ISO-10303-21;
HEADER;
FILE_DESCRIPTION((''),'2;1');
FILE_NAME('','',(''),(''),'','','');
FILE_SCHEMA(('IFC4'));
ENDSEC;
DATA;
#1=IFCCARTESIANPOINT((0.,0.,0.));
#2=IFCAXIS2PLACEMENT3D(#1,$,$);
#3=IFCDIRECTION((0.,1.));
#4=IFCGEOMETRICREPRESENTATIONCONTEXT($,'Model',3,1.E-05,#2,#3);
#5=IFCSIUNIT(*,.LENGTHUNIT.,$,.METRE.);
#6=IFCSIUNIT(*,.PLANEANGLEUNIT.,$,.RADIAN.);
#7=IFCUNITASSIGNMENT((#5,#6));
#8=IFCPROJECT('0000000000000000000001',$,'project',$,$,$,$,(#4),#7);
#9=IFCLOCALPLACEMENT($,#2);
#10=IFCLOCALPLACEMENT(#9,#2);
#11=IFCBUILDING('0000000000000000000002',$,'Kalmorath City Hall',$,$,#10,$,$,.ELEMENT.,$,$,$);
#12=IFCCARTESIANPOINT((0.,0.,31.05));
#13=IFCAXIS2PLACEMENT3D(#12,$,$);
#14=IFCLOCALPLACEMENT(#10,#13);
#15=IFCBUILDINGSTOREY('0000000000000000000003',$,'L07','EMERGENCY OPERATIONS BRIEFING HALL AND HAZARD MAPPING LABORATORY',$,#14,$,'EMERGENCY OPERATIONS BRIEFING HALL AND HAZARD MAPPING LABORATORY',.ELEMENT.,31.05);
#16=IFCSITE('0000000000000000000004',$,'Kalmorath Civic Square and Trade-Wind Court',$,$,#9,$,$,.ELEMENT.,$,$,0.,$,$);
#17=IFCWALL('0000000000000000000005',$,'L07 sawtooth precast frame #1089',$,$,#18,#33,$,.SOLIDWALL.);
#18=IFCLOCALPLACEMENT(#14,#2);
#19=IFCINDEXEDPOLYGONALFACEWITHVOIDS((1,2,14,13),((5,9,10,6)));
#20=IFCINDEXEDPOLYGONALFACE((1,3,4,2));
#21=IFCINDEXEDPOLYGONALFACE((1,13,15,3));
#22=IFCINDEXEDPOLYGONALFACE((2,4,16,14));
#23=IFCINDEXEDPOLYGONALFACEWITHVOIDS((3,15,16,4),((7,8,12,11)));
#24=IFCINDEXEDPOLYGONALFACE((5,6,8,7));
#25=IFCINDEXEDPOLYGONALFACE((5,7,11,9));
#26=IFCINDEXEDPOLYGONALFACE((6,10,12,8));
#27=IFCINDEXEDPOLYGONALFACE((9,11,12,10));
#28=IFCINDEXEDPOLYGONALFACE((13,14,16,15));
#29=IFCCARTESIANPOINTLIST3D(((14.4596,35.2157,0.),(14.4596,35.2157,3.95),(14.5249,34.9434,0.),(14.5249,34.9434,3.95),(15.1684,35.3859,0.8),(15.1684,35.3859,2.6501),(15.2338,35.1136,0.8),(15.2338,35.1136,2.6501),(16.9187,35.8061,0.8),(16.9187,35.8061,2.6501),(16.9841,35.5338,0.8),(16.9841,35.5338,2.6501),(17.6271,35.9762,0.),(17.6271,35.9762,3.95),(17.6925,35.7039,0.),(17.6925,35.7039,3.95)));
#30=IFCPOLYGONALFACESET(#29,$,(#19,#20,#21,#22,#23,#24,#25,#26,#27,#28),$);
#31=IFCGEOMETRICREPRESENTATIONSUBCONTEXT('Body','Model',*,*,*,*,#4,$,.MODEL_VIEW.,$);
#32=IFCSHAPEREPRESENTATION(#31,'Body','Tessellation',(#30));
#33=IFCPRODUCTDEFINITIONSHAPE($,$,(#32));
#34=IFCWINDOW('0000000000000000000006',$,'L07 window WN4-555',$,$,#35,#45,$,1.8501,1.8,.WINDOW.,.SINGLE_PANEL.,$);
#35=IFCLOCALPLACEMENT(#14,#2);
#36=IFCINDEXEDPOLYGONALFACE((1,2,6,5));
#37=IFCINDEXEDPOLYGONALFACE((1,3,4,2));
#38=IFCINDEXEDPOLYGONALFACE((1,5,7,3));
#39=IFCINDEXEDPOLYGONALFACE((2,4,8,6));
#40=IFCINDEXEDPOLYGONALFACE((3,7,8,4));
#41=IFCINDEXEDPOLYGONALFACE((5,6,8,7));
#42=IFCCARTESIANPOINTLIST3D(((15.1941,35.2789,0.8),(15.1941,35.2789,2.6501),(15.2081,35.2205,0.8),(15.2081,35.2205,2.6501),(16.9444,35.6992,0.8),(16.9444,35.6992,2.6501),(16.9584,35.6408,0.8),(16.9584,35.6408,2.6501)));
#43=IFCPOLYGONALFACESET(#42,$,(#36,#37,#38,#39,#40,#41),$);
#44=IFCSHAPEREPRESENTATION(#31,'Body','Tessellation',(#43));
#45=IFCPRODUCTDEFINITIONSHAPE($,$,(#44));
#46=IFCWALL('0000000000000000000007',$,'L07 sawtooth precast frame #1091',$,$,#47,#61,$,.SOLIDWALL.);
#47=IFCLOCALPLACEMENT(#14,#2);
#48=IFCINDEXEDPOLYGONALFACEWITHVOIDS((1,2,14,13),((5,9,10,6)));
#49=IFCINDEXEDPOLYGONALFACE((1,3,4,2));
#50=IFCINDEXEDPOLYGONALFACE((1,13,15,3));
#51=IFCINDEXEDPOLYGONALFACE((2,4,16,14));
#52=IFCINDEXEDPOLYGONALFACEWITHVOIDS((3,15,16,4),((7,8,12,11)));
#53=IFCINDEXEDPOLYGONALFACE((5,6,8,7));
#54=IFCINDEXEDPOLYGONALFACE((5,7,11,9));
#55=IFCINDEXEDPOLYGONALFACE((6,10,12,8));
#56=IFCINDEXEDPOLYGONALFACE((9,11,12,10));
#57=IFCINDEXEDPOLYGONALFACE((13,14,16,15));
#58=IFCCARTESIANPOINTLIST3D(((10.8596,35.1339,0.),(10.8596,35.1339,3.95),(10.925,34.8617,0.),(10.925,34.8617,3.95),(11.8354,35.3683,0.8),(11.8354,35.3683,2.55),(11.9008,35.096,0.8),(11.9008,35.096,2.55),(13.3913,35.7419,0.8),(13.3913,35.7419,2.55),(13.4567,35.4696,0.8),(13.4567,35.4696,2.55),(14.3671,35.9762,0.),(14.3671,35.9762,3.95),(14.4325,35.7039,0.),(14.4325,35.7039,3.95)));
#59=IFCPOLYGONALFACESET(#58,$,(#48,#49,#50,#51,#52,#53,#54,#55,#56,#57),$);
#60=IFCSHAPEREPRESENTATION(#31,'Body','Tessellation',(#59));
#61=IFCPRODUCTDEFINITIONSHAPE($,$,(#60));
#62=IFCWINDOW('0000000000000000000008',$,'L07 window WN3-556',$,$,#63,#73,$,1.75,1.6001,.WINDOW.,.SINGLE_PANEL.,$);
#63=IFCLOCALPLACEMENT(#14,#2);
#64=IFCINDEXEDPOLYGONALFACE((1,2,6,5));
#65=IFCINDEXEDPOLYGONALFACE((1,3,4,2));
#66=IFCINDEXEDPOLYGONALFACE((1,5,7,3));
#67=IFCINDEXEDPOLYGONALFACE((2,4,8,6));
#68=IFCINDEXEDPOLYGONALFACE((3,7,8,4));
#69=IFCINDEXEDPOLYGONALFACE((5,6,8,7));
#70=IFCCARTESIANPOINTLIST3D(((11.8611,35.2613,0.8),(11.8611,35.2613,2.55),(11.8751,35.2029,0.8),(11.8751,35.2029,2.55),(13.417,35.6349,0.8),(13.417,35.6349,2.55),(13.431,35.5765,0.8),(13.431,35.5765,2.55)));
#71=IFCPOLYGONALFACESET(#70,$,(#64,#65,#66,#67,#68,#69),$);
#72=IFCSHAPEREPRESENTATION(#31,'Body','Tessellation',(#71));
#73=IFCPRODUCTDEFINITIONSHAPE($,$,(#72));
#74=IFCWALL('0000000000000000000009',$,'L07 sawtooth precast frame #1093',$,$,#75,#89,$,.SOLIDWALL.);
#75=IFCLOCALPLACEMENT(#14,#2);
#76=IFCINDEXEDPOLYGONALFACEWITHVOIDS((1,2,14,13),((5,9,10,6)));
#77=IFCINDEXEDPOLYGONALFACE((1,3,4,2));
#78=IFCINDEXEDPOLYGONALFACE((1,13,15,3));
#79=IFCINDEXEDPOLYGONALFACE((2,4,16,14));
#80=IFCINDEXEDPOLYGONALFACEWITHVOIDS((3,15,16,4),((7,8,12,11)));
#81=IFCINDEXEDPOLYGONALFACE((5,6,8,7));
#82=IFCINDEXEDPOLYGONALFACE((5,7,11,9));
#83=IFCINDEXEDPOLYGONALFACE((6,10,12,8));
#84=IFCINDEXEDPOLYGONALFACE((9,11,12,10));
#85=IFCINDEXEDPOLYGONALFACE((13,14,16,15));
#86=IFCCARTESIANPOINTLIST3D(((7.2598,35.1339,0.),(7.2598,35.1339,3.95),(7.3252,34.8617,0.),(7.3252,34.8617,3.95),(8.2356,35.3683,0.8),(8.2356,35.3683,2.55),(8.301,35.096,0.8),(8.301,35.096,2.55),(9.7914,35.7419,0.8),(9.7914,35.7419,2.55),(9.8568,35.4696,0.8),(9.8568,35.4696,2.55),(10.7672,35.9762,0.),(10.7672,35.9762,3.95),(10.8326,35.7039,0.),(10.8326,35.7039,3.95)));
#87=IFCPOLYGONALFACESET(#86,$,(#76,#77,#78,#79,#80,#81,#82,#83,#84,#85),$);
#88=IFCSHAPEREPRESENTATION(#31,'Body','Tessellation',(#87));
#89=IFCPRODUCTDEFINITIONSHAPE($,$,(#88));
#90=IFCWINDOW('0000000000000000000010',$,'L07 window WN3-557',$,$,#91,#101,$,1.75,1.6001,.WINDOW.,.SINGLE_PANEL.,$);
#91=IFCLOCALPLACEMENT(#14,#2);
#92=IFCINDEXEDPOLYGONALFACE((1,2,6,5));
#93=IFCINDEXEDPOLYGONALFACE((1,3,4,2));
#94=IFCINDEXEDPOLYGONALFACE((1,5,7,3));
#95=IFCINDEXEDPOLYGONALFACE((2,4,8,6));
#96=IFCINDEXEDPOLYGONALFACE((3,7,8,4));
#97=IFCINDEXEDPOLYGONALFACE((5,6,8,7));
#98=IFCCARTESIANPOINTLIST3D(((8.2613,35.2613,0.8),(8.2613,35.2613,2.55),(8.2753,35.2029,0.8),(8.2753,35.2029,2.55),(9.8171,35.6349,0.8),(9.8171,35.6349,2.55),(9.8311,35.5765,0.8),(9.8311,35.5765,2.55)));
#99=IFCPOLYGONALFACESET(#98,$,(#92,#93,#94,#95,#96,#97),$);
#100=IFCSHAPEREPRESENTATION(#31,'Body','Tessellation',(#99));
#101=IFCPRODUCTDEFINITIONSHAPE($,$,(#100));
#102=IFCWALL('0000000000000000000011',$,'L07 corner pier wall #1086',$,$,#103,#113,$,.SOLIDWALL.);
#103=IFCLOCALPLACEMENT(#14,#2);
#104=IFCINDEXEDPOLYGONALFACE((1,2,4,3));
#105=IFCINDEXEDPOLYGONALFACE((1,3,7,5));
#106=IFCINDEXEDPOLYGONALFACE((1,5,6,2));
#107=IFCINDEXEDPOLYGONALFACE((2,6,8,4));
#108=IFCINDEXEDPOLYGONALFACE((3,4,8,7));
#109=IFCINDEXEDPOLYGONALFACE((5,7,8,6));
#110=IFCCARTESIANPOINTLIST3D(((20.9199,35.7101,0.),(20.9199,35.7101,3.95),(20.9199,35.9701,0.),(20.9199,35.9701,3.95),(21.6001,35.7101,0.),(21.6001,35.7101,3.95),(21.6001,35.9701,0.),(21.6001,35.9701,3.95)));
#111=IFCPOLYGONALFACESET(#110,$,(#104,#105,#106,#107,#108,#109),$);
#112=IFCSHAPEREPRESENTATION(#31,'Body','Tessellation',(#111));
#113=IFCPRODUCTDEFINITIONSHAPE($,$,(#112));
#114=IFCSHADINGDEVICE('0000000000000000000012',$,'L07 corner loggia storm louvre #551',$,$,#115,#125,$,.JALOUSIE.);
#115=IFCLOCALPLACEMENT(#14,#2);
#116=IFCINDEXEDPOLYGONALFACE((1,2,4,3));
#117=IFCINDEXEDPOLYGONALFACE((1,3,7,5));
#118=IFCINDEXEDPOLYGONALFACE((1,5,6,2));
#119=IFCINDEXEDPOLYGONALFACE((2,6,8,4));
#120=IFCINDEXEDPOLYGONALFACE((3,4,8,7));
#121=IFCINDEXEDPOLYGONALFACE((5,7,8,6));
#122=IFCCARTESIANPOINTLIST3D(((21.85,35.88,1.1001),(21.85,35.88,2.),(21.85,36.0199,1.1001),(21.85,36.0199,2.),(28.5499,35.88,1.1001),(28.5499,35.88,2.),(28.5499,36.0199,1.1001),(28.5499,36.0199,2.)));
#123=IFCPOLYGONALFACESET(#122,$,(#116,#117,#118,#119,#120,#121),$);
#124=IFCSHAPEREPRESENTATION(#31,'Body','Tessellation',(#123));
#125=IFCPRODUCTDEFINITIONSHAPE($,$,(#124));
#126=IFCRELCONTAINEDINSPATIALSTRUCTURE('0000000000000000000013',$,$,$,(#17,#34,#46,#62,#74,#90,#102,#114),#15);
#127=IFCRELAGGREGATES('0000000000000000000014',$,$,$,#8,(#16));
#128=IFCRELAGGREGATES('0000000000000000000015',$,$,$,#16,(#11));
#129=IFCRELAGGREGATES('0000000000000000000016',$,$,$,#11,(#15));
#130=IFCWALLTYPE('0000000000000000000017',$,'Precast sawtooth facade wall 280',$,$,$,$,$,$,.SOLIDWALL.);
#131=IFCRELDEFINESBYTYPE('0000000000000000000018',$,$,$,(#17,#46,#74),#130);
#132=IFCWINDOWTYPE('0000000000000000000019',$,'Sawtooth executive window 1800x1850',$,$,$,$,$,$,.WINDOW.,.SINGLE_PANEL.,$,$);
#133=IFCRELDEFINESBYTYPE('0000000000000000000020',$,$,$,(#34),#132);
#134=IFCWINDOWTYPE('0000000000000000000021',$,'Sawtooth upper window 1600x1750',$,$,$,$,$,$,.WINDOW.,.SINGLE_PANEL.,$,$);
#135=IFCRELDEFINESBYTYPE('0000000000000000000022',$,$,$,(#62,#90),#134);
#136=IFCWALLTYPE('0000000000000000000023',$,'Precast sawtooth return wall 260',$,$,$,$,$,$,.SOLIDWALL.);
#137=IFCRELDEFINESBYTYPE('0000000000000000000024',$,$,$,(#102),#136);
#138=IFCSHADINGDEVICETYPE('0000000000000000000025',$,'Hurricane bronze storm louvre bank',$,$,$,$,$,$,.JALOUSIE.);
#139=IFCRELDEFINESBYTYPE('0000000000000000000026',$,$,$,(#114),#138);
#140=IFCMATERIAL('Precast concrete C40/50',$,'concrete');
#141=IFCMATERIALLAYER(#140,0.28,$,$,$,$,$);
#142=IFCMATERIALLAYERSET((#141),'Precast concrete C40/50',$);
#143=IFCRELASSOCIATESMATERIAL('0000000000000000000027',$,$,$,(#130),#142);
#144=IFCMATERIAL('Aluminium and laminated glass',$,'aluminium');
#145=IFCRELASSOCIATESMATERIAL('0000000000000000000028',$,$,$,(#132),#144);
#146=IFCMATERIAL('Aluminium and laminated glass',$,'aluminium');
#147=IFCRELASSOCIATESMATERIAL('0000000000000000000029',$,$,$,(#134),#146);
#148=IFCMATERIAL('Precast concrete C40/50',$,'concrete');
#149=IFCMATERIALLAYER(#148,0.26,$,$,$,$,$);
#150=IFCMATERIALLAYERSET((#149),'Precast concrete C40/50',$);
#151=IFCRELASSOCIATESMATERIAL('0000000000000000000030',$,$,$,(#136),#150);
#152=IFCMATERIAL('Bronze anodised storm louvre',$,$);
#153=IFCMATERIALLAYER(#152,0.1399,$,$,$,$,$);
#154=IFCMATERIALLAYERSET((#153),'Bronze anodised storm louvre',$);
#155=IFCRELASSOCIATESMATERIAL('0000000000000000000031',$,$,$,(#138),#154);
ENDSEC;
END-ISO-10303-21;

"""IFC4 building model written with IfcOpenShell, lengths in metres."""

from ifc_helpers import new_model, si_unit, direction, frame, frame_2d, origin, origin_2d, place, context, subcontext, project, spatial, rectangle, extrude, material, layer, layer_set, type_object, element, fill, save


model = new_model("IFC4")

# Units and contexts
model_context = context("Model", 3, precision=1e-05, world=origin(), true_north=direction((0.0, 1.0)))
body_context = subcontext(model_context, "Body", "Model", "MODEL_VIEW")
ifc_project = project(units=[si_unit("LENGTHUNIT", "METRE"), si_unit("PLANEANGLEUNIT", "RADIAN")], contexts=[model_context])

# Site, building, storey
site_placement = place(None, origin())
site = spatial("IfcSite", under=ifc_project, at=site_placement, Name="Kalmorath Civic Square and Trade-Wind Court", CompositionType="ELEMENT", RefElevation=0.0)
building_placement = place(site_placement, origin())
building = spatial("IfcBuilding", under=site, at=building_placement, Name="Kalmorath City Hall", CompositionType="ELEMENT")
storey_placement = place(building_placement, frame((0.0, 0.0, 31.05)))
storey = spatial("IfcBuildingStorey", under=building, at=storey_placement, Name="L07", Description="EMERGENCY OPERATIONS BRIEFING HALL AND HAZARD MAPPING LABORATORY", LongName="EMERGENCY OPERATIONS BRIEFING HALL AND HAZARD MAPPING LABORATORY", CompositionType="ELEMENT", Elevation=31.05)

# Walls, openings, windows
ifc_material_1 = material(Name="Precast concrete C40/50", Category="concrete")
ifc_layer_1 = layer(ifc_material_1, 0.28)
ifc_layer_set_1 = layer_set([ifc_layer_1], Name="Precast concrete C40/50")
wall_type_1 = type_object("IfcWallType", Name="Precast sawtooth facade wall 280", PredefinedType="SOLIDWALL", material=ifc_layer_set_1)
ifc_material_2 = material(Name="Aluminium and laminated glass", Category="aluminium")
window_type_1 = type_object("IfcWindowType", Name="Sawtooth executive window 1800x1850", PartitioningType="SINGLE_PANEL", PredefinedType="WINDOW", material=ifc_material_2)
wall_1_placement = place(storey_placement, frame((17.6599, 35.8401, 0.0), z_axis=(0.0, 0.0, 1.0), x_axis=(-0.972366, -0.233461, 0.0)))
wall_1 = element("IfcWall", 1, at=wall_1_placement, inside=storey, type_object=wall_type_1, Name="L07 sawtooth precast frame #1089", PredefinedType="SOLIDWALL", context=body_context, shape_type="SweptSolid", body=[
    extrude(rectangle(XDim=3.2576, YDim=0.28, at=frame_2d((1.6289, 0.0))), origin(), (0.0, 0.0, 1.0), 3.95),
])
opening_1_placement = place(wall_1_placement, frame((0.7288, 0.0, 0.8)))
opening_1 = element("IfcOpeningElement", 2, at=opening_1_placement, cuts=wall_1, PredefinedType="OPENING", context=body_context, shape_type="SweptSolid", body=[
    extrude(rectangle(XDim=1.8, YDim=1.8501, at=frame_2d((0.8999, 0.925))), frame((0.0, 0.1499, 0.0), z_axis=(0.0, -1.0, 0.0), x_axis=(1.0, 0.0, 0.0)), (0.0, 0.0, 1.0), 0.3),
])
window_1_placement = place(opening_1_placement, origin())
window_1 = element("IfcWindow", 3, at=window_1_placement, inside=storey, type_object=window_type_1, Name="L07 window WN4-555", OverallHeight=1.8501, OverallWidth=1.8, PartitioningType="SINGLE_PANEL", PredefinedType="WINDOW", context=body_context, shape_type="SweptSolid", body=[
    extrude(rectangle(XDim=1.8, YDim=1.8501, at=frame_2d((0.8999, 0.925))), frame((0.0, 0.03, 0.0), z_axis=(0.0, -1.0, 0.0), x_axis=(1.0, 0.0, 0.0)), (0.0, 0.0, 1.0), 0.0601),
])
fill(opening_1, window_1)
wall_2_placement = place(storey_placement, frame((14.3999, 35.8401, 0.0), z_axis=(0.0, 0.0, 1.0), x_axis=(-0.972358, -0.233496, 0.0)))
wall_2 = element("IfcWall", 4, at=wall_2_placement, inside=storey, type_object=wall_type_1, Name="L07 sawtooth precast frame #1091", PredefinedType="SOLIDWALL", context=body_context, shape_type="SweptSolid", body=[
    extrude(rectangle(XDim=3.6072, YDim=0.28, at=frame_2d((1.8037, 0.0))), origin(), (0.0, 0.0, 1.0), 3.95),
])
opening_2_placement = place(wall_2_placement, frame((1.0037, 0.0, 0.8)))
opening_2 = element("IfcOpeningElement", 5, at=opening_2_placement, cuts=wall_2, PredefinedType="OPENING", context=body_context, shape_type="SweptSolid", body=[
    extrude(rectangle(XDim=1.6001, YDim=1.75, at=frame_2d((0.8, 0.875))), frame((0.0, 0.1499, 0.0), z_axis=(0.0, -1.0, 0.0), x_axis=(1.0, 0.0, 0.0)), (0.0, 0.0, 1.0), 0.3),
])
ifc_material_3 = material(Name="Aluminium and laminated glass", Category="aluminium")
window_type_2 = type_object("IfcWindowType", Name="Sawtooth upper window 1600x1750", PartitioningType="SINGLE_PANEL", PredefinedType="WINDOW", material=ifc_material_3)
window_2_placement = place(opening_2_placement, origin())
window_2 = element("IfcWindow", 6, at=window_2_placement, inside=storey, type_object=window_type_2, Name="L07 window WN3-556", OverallHeight=1.75, OverallWidth=1.6001, PartitioningType="SINGLE_PANEL", PredefinedType="WINDOW", context=body_context, shape_type="SweptSolid", body=[
    extrude(rectangle(XDim=1.6001, YDim=1.75, at=frame_2d((0.8, 0.875))), frame((0.0, 0.03, 0.0), z_axis=(0.0, -1.0, 0.0), x_axis=(1.0, 0.0, 0.0)), (0.0, 0.0, 1.0), 0.0601),
])
fill(opening_2, window_2)
wall_3_placement = place(storey_placement, frame((10.8, 35.8401, 0.0), z_axis=(0.0, 0.0, 1.0), x_axis=(-0.972358, -0.233496, 0.0)))
wall_3 = element("IfcWall", 7, at=wall_3_placement, inside=storey, type_object=wall_type_1, Name="L07 sawtooth precast frame #1093", PredefinedType="SOLIDWALL", context=body_context, shape_type="SweptSolid", body=[
    extrude(rectangle(XDim=3.6072, YDim=0.28, at=frame_2d((1.8037, 0.0))), origin(), (0.0, 0.0, 1.0), 3.95),
])
opening_3_placement = place(wall_3_placement, frame((1.0037, 0.0, 0.8)))
opening_3 = element("IfcOpeningElement", 8, at=opening_3_placement, cuts=wall_3, PredefinedType="OPENING", context=body_context, shape_type="SweptSolid", body=[
    extrude(rectangle(XDim=1.6001, YDim=1.75, at=frame_2d((0.8, 0.875))), frame((0.0, 0.1499, 0.0), z_axis=(0.0, -1.0, 0.0), x_axis=(1.0, 0.0, 0.0)), (0.0, 0.0, 1.0), 0.3),
])
window_3_placement = place(opening_3_placement, origin())
window_3 = element("IfcWindow", 9, at=window_3_placement, inside=storey, type_object=window_type_2, Name="L07 window WN3-557", OverallHeight=1.75, OverallWidth=1.6001, PartitioningType="SINGLE_PANEL", PredefinedType="WINDOW", context=body_context, shape_type="SweptSolid", body=[
    extrude(rectangle(XDim=1.6001, YDim=1.75, at=frame_2d((0.8, 0.875))), frame((0.0, 0.03, 0.0), z_axis=(0.0, -1.0, 0.0), x_axis=(1.0, 0.0, 0.0)), (0.0, 0.0, 1.0), 0.0601),
])
fill(opening_3, window_3)

# Wall
ifc_material_4 = material(Name="Precast concrete C40/50", Category="concrete")
ifc_layer_2 = layer(ifc_material_4, 0.26)
ifc_layer_set_2 = layer_set([ifc_layer_2], Name="Precast concrete C40/50")
wall_type_2 = type_object("IfcWallType", Name="Precast sawtooth return wall 260", PredefinedType="SOLIDWALL", material=ifc_layer_set_2)
wall_4_placement = place(storey_placement, frame((21.6001, 35.8401, 0.0), z_axis=(0.0, 0.0, 1.0), x_axis=(-1.0, 0.0, 0.0)))
element("IfcWall", 10, at=wall_4_placement, inside=storey, type_object=wall_type_2, Name="L07 corner pier wall #1086", PredefinedType="SOLIDWALL", context=body_context, shape_type="SweptSolid", body=[
    extrude(rectangle(XDim=0.6802, YDim=0.26, at=frame_2d((0.3401, 0.0))), origin(), (0.0, 0.0, 1.0), 3.95),
])

# Shading device
ifc_material_5 = material(Name="Bronze anodised storm louvre")
ifc_layer_3 = layer(ifc_material_5, 0.1399)
ifc_layer_set_3 = layer_set([ifc_layer_3], Name="Bronze anodised storm louvre")
shading_device_type_1 = type_object("IfcShadingDeviceType", Name="Hurricane bronze storm louvre bank", PredefinedType="JALOUSIE", material=ifc_layer_set_3)
shading_device_placement = place(storey_placement, frame((25.2, 35.95, 1.1001), z_axis=(0.0, 0.0, 1.0), x_axis=(-1.0, 0.0, 0.0)))
element("IfcShadingDevice", 11, at=shading_device_placement, inside=storey, type_object=shading_device_type_1, Name="L07 corner loggia storm louvre #551", PredefinedType="JALOUSIE", context=body_context, shape_type="SweptSolid", body=[
    extrude(rectangle(XDim=6.7, YDim=0.1399, at=origin_2d()), origin(), (0.0, 0.0, 1.0), 0.8999),
])

save(model, "model.ifc")
